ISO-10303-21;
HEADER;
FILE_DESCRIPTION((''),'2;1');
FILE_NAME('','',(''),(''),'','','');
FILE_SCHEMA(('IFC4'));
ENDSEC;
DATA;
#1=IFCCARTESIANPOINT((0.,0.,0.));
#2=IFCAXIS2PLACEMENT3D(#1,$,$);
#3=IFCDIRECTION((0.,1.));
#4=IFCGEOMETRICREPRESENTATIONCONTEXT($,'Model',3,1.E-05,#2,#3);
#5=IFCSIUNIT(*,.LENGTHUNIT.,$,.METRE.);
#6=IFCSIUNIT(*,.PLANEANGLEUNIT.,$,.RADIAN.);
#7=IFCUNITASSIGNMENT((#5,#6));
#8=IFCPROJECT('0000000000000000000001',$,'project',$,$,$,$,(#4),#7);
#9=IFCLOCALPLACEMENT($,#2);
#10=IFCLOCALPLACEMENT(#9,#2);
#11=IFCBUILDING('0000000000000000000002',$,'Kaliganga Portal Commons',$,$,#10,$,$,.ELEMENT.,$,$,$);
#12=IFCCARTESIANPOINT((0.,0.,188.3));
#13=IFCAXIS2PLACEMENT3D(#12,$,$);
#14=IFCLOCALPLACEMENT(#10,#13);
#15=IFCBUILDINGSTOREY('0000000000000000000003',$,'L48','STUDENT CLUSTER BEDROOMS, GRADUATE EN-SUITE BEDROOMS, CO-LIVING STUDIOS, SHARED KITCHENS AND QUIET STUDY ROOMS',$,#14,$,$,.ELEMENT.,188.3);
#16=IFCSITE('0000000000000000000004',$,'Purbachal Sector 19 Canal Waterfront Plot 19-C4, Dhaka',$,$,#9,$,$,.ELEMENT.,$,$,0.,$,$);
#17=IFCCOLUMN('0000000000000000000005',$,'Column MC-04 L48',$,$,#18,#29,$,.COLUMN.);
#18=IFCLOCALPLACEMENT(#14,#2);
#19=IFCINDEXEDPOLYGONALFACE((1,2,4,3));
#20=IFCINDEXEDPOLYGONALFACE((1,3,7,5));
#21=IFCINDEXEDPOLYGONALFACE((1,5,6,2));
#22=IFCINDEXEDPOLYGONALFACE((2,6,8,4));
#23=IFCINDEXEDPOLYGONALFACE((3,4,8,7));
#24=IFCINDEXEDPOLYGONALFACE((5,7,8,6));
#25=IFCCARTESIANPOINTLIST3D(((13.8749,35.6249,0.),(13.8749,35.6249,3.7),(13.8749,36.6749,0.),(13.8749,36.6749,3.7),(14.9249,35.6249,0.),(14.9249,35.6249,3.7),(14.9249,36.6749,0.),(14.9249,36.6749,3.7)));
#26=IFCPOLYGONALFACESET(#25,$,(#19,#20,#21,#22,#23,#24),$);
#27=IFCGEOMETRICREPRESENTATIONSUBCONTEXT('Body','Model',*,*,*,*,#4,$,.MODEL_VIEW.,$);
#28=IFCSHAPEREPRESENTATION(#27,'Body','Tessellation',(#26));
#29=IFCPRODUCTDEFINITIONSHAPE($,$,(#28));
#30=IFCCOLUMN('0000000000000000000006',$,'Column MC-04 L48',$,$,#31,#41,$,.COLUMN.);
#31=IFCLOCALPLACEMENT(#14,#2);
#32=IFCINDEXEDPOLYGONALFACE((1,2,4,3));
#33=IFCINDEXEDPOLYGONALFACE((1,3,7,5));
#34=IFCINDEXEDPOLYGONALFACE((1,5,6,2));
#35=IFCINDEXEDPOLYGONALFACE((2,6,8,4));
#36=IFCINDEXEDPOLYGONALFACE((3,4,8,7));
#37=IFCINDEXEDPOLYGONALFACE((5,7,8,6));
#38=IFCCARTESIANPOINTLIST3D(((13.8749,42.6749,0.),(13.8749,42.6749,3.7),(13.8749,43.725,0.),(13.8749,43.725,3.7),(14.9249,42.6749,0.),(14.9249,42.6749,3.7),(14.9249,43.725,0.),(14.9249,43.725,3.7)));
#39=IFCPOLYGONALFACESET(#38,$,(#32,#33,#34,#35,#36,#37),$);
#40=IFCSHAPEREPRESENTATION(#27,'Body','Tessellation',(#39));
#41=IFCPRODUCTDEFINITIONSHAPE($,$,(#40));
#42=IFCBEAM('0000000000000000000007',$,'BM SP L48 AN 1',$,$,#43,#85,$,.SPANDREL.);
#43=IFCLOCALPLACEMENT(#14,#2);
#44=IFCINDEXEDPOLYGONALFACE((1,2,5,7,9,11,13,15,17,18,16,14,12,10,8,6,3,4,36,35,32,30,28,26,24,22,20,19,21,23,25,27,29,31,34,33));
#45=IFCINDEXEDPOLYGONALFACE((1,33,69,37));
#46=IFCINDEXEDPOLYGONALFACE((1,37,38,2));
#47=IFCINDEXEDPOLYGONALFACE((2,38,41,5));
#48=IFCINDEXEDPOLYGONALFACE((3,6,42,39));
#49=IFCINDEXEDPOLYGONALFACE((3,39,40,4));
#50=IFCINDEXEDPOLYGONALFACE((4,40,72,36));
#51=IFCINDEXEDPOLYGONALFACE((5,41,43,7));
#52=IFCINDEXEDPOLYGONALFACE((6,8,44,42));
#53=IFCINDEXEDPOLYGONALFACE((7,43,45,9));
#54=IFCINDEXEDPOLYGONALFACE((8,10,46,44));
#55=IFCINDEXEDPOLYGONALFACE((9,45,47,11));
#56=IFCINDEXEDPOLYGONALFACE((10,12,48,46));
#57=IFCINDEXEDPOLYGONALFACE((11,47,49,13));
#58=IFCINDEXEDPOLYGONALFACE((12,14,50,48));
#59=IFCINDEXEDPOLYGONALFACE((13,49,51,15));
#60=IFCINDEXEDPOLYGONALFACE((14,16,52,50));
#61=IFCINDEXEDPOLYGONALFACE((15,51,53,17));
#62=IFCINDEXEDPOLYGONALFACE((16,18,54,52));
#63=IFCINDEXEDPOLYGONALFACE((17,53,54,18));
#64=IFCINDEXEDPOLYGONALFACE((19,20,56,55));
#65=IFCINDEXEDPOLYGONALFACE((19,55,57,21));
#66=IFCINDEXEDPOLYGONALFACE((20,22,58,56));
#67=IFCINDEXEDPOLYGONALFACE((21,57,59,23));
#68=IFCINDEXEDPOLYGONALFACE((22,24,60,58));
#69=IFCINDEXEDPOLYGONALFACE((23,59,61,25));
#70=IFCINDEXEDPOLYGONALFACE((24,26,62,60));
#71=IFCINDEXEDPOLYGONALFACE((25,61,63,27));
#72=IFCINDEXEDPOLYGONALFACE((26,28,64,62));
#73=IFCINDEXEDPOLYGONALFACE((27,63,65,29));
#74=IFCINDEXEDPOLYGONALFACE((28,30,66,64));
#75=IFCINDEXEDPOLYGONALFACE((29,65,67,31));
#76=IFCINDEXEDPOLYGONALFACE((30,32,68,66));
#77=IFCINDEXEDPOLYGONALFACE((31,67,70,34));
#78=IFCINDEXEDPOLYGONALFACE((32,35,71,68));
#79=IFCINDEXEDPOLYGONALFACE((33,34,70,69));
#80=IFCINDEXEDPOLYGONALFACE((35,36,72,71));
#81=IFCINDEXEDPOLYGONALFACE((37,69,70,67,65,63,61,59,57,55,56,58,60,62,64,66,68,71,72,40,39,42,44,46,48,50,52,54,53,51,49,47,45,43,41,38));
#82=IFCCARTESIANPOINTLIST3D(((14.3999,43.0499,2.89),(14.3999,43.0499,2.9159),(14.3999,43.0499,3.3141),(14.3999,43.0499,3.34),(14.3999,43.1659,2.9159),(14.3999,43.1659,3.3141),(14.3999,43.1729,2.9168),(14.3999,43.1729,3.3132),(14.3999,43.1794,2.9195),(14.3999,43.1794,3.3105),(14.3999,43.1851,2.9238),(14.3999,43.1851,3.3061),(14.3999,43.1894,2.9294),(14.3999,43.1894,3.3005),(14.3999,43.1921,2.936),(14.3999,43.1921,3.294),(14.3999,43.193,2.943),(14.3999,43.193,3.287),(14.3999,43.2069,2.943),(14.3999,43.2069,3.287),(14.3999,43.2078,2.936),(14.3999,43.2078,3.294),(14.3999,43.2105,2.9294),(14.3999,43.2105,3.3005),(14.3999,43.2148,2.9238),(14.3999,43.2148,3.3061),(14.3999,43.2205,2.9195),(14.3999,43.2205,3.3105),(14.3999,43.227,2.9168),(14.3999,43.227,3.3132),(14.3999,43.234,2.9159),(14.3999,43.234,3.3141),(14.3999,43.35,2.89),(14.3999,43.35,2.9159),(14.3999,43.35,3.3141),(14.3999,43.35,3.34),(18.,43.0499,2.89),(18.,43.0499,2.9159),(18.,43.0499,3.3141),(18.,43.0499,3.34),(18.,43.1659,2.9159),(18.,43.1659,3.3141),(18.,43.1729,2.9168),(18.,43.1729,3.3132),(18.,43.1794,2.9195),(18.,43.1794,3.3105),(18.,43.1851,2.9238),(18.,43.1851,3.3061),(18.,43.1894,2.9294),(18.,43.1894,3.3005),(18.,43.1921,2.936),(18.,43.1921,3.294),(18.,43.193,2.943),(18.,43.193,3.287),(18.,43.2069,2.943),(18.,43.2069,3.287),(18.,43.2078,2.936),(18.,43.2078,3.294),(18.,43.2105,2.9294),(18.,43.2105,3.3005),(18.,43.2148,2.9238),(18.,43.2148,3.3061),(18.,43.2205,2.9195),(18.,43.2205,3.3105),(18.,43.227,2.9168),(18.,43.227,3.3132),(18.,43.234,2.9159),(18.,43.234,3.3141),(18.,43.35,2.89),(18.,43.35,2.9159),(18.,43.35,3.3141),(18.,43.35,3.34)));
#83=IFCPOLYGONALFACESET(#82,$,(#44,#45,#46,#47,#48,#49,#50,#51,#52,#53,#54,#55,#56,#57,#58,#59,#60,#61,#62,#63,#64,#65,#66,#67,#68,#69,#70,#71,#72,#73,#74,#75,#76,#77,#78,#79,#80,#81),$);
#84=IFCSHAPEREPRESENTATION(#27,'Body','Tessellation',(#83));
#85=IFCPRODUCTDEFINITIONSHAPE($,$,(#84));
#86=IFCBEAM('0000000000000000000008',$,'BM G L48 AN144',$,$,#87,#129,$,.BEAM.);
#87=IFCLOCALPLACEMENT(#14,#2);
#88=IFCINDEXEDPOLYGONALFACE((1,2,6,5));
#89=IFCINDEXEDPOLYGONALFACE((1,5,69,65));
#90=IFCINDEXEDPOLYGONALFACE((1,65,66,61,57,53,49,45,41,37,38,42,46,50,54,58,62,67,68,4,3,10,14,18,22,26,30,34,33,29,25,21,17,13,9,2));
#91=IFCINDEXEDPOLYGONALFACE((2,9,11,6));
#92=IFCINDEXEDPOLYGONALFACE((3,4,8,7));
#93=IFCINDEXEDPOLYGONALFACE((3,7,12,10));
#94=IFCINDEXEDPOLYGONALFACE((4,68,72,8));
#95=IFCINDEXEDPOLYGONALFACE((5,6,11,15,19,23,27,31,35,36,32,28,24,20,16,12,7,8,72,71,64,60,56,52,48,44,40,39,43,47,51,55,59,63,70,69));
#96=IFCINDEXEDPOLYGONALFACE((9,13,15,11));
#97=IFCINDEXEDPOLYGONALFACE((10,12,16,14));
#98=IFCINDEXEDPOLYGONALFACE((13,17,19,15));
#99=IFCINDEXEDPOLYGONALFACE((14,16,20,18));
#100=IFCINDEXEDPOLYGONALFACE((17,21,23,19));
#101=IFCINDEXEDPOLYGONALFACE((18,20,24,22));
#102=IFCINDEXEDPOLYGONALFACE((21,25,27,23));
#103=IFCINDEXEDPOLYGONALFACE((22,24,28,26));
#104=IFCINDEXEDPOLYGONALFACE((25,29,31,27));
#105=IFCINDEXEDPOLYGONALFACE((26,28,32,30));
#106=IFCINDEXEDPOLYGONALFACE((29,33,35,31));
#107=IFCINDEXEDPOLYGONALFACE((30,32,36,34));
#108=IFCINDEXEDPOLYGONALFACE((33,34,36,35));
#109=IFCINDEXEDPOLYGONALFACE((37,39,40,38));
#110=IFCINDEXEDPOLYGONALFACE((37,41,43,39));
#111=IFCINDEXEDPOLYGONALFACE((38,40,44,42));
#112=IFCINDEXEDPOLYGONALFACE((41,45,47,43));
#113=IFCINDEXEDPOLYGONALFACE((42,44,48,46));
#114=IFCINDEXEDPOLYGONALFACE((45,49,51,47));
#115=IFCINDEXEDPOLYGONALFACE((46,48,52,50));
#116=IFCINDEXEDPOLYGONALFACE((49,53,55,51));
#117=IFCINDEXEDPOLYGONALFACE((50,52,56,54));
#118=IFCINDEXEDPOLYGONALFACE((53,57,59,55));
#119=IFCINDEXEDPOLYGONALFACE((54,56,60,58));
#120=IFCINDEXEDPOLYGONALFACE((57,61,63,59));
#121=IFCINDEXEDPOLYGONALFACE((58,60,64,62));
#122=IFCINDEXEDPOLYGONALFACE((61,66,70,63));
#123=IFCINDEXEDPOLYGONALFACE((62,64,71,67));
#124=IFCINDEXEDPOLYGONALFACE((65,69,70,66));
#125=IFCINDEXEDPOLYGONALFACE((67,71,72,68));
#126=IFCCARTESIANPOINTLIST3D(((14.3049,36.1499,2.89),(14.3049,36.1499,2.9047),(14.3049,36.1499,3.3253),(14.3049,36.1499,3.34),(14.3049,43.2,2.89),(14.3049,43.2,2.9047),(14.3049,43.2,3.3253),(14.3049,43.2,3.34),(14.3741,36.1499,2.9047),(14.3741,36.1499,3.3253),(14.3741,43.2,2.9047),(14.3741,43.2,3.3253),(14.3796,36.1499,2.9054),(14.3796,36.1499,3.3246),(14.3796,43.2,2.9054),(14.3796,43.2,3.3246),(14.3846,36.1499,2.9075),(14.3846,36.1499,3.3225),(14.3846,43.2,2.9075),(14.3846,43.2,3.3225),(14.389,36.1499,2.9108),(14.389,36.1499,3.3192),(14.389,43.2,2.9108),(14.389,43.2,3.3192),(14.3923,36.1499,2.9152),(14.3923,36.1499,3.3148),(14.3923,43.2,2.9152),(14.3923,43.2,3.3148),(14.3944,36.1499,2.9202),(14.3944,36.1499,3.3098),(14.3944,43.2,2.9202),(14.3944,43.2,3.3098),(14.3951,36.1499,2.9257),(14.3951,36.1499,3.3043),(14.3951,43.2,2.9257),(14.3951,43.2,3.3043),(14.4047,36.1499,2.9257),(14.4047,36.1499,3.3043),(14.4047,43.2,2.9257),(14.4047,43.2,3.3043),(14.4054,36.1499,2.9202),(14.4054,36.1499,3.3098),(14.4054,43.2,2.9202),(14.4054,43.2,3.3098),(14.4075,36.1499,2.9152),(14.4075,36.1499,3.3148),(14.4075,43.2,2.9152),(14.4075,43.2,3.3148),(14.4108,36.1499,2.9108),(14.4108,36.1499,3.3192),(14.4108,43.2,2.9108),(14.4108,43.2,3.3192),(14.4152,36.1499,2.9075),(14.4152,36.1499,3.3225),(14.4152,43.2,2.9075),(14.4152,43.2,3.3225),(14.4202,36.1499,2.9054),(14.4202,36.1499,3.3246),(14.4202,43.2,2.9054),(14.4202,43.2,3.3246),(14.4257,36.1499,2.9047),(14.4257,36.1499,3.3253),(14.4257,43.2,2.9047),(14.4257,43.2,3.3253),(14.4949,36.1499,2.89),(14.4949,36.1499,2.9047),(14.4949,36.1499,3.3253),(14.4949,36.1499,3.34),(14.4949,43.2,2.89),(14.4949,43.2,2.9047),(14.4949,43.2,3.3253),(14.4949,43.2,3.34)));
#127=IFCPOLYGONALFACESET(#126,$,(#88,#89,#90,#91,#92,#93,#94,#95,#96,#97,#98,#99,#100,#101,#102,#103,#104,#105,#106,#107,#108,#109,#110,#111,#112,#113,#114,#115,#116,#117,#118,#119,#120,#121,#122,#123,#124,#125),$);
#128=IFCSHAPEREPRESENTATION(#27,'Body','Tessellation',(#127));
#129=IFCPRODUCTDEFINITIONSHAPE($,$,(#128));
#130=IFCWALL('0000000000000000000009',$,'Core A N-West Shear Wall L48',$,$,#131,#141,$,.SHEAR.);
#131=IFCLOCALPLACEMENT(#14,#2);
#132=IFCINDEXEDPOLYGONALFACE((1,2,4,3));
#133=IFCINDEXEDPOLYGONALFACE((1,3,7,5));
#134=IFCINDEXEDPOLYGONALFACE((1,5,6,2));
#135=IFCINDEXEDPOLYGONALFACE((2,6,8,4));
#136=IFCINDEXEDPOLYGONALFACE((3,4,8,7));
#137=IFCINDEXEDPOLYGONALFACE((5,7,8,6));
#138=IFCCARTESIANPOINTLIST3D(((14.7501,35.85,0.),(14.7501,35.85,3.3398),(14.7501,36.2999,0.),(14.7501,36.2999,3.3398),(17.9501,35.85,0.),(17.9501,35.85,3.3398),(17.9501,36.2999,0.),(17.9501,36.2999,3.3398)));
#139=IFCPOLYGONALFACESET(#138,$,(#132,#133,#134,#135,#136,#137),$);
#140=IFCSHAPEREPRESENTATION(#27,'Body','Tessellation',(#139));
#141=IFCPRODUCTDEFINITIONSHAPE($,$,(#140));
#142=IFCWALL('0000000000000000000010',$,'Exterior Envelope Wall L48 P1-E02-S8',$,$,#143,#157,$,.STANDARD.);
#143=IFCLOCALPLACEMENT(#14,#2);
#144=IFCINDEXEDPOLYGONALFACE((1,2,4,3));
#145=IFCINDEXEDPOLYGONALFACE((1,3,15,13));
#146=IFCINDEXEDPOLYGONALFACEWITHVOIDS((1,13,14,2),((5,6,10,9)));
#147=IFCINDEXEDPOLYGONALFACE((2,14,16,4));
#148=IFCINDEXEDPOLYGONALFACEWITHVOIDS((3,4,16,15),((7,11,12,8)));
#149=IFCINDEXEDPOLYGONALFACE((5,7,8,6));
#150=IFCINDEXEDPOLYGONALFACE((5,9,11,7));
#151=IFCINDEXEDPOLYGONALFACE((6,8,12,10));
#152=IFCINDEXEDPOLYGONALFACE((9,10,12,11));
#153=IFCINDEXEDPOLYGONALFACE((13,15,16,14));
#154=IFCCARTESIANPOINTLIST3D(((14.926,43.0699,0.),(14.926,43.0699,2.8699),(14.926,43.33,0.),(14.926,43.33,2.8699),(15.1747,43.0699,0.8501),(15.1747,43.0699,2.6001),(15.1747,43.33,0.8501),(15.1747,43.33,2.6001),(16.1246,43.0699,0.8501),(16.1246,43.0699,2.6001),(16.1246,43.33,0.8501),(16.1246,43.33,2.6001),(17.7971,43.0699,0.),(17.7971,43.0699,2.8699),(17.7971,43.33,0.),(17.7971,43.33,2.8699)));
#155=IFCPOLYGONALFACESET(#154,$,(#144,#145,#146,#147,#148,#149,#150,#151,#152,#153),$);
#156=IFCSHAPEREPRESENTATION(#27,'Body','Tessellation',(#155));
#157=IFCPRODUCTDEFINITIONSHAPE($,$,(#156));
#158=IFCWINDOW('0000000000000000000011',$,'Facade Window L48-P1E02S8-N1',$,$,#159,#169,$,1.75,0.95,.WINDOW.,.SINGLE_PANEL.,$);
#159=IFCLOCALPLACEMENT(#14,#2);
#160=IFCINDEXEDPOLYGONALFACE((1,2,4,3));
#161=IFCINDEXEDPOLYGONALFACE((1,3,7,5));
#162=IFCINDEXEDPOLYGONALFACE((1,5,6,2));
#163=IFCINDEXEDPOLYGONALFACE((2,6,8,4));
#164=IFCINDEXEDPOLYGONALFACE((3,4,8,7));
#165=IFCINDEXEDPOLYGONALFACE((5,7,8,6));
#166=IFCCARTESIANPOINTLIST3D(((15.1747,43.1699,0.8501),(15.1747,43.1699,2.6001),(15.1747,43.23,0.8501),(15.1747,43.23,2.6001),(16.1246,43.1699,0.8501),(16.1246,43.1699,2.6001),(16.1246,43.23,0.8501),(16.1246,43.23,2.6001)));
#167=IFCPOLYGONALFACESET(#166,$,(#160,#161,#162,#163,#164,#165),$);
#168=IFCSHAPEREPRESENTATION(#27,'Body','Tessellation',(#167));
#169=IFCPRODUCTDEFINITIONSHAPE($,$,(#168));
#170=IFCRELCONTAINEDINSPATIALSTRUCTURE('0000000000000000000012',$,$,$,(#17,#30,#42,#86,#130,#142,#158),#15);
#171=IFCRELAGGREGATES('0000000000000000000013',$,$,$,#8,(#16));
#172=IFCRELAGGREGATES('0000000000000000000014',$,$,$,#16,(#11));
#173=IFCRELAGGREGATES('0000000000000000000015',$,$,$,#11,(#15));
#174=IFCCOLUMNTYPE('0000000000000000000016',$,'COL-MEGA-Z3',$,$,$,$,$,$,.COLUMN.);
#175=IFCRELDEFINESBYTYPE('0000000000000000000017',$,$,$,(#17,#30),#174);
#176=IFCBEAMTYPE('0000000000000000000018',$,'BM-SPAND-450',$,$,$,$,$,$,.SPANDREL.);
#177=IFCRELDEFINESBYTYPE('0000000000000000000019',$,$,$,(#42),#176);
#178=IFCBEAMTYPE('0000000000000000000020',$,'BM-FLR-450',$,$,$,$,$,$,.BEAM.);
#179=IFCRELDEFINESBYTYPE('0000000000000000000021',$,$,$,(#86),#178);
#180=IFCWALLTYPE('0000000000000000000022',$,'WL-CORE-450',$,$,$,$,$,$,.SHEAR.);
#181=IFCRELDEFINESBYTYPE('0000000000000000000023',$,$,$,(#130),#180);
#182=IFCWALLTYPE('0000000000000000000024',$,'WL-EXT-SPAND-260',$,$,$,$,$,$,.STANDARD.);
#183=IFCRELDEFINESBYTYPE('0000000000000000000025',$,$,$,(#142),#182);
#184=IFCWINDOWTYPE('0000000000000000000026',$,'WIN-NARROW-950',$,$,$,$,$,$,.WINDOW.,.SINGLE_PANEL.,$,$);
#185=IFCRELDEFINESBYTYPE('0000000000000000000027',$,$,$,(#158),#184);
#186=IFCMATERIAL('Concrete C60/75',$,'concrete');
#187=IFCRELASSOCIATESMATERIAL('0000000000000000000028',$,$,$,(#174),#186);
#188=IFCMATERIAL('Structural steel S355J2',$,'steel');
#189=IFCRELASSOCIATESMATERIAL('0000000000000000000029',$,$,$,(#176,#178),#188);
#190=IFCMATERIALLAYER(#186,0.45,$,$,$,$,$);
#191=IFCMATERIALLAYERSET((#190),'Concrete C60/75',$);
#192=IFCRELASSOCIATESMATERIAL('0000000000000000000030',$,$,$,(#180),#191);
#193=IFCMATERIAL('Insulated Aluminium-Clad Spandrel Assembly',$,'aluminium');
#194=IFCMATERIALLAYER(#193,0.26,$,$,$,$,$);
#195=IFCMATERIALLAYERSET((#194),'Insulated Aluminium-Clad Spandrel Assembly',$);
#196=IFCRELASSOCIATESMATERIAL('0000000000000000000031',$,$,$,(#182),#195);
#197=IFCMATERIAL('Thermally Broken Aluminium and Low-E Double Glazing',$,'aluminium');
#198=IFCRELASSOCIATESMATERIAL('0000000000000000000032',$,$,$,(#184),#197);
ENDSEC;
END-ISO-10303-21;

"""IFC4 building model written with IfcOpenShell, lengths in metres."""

from ifc_helpers import new_model, si_unit, direction, frame, frame_2d, origin, origin_2d, place, context, subcontext, project, spatial, rectangle, i_section, extrude, source, transform, mapped, material, layer, layer_set, material_profile, profile_set, type_object, element, fill, save


model = new_model("IFC4")

# Units and contexts
model_context = context("Model", 3, precision=1e-05, world=origin(), true_north=direction((0.0, 1.0)))
body_context = subcontext(model_context, "Body", "Model", "MODEL_VIEW")
ifc_project = project(units=[si_unit("LENGTHUNIT", "METRE"), si_unit("PLANEANGLEUNIT", "RADIAN")], contexts=[model_context])

# Site, building, storey
site_placement = place(None, origin())
site = spatial("IfcSite", under=ifc_project, at=site_placement, Name="Purbachal Sector 19 Canal Waterfront Plot 19-C4, Dhaka", CompositionType="ELEMENT", RefElevation=0.0)
building_placement = place(site_placement, origin())
building = spatial("IfcBuilding", under=site, at=building_placement, Name="Kaliganga Portal Commons", CompositionType="ELEMENT")
storey_placement = place(building_placement, frame((0.0, 0.0, 188.3)))
storey = spatial("IfcBuildingStorey", under=building, at=storey_placement, Name="L48", Description="STUDENT CLUSTER BEDROOMS, GRADUATE EN-SUITE BEDROOMS, CO-LIVING STUDIOS, SHARED KITCHENS AND QUIET STUDY ROOMS", CompositionType="ELEMENT", Elevation=188.3)

# Columns
ifc_material_1 = material(Name="Concrete C60/75", Category="concrete")
ifc_material_profile_1 = material_profile(ifc_material_1, rectangle(XDim=1.05, YDim=1.05, at=origin_2d()), Name="RC 1050x1050")
ifc_profile_set_1 = profile_set([ifc_material_profile_1], Name="Concrete C60/75")
column_type = type_object("IfcColumnType", Name="COL-MEGA-Z3", PredefinedType="COLUMN", material=ifc_profile_set_1)
shared_shape_1 = source(origin(), body_context, "Body", "SweptSolid", [
    extrude(rectangle(XDim=1.05, YDim=1.05, at=origin_2d()), origin(), (0.0, 0.0, 1.0), 3.7),
])
for number, where, z_axis, x_axis, name in (
    (1, (14.3999, 36.1499, 0.0), (0.0, 0.0, 1.0), (1.0, 0.0, 0.0), "Column MC-04 L48"),
    (2, (14.3999, 43.2, 0.0), (0.0, 0.0, 1.0), (1.0, 0.0, 0.0), "Column MC-04 L48"),
):
    element("IfcColumn", number, at=place(storey_placement, frame(where, z_axis=z_axis, x_axis=x_axis)), inside=storey, type_object=column_type, Name=name, PredefinedType="COLUMN", context=body_context, shape_type="MappedRepresentation", body=[
        mapped(shared_shape_1, transform((0.0, 0.0, 0.0), x_axis=(1.0, 0.0, 0.0), y_axis=(0.0, 1.0, 0.0), z_axis=(0.0, 0.0, 1.0), scale=1.0)),
    ])

# Beams
ifc_material_2 = material(Name="Structural steel S355J2", Category="steel")
ifc_material_profile_2 = material_profile(ifc_material_2, i_section(OverallWidth=0.3, OverallDepth=0.45, WebThickness=0.0139, FlangeThickness=0.0259, FilletRadius=0.0271, at=origin_2d()), Name="HE 450 B")
ifc_profile_set_2 = profile_set([ifc_material_profile_2], Name="Structural steel S355J2 wide-flange")
beam_type_1 = type_object("IfcBeamType", Name="BM-SPAND-450", PredefinedType="SPANDREL", material=ifc_profile_set_2)
shared_shape_2 = source(origin(), body_context, "Body", "SweptSolid", [
    extrude(i_section(OverallWidth=0.3, OverallDepth=0.45, WebThickness=0.0139, FlangeThickness=0.0259, FilletRadius=0.0271, at=origin_2d()), origin(), (0.0, 0.0, 1.0), 3.6001),
])
beam_1_placement = place(storey_placement, frame((14.3999, 43.2, 3.115), z_axis=(1.0, 0.0, 0.0), x_axis=(0.0, 1.0, 0.0)))
element("IfcBeam", 3, at=beam_1_placement, inside=storey, type_object=beam_type_1, Name="BM SP L48 AN 1", PredefinedType="SPANDREL", context=body_context, shape_type="MappedRepresentation", body=[
    mapped(shared_shape_2, transform((0.0, 0.0, 0.0), x_axis=(1.0, 0.0, 0.0), y_axis=(0.0, 1.0, 0.0), z_axis=(0.0, 0.0, 1.0), scale=1.0)),
])
ifc_material_profile_3 = material_profile(ifc_material_2, i_section(OverallWidth=0.1899, OverallDepth=0.45, WebThickness=0.0095, FlangeThickness=0.0146, FilletRadius=0.021, at=origin_2d()), Name="IPE 450")
ifc_profile_set_3 = profile_set([ifc_material_profile_3], Name="Structural steel S355J2 wide-flange")
beam_type_2 = type_object("IfcBeamType", Name="BM-FLR-450", PredefinedType="BEAM", material=ifc_profile_set_3)
shared_shape_3 = source(origin(), body_context, "Body", "SweptSolid", [
    extrude(i_section(OverallWidth=0.1899, OverallDepth=0.45, WebThickness=0.0095, FlangeThickness=0.0146, FilletRadius=0.021, at=origin_2d()), origin(), (0.0, 0.0, 1.0), 7.05),
])
beam_2_placement = place(storey_placement, frame((14.3999, 36.1499, 3.115), z_axis=(0.0, 1.0, 0.0), x_axis=(-1.0, 0.0, 0.0)))
element("IfcBeam", 4, at=beam_2_placement, inside=storey, type_object=beam_type_2, Name="BM G L48 AN144", PredefinedType="BEAM", context=body_context, shape_type="MappedRepresentation", body=[
    mapped(shared_shape_3, transform((0.0, 0.0, 0.0), x_axis=(1.0, 0.0, 0.0), y_axis=(0.0, 1.0, 0.0), z_axis=(0.0, 0.0, 1.0), scale=1.0)),
])

# Wall
ifc_layer_1 = layer(ifc_material_1, 0.45)
ifc_layer_set_1 = layer_set([ifc_layer_1], Name="Concrete C60/75")
wall_type_1 = type_object("IfcWallType", Name="WL-CORE-450", PredefinedType="SHEAR", material=ifc_layer_set_1)
wall_1_placement = place(storey_placement, frame((14.75, 36.075, 0.0), z_axis=(0.0, 0.0, 1.0), x_axis=(1.0, 0.0, 0.0)))
element("IfcWall", 5, at=wall_1_placement, inside=storey, type_object=wall_type_1, Name="Core A N-West Shear Wall L48", PredefinedType="SHEAR", context=body_context, shape_type="SweptSolid", body=[
    extrude(rectangle(XDim=3.2, YDim=0.45, at=frame_2d((1.6001, 0.0))), origin(), (0.0, 0.0, 1.0), 3.3398),
])

# Wall, opening, window
ifc_material_3 = material(Name="Insulated Aluminium-Clad Spandrel Assembly", Category="aluminium")
ifc_layer_2 = layer(ifc_material_3, 0.26)
ifc_layer_set_2 = layer_set([ifc_layer_2], Name="Insulated Aluminium-Clad Spandrel Assembly")
wall_type_2 = type_object("IfcWallType", Name="WL-EXT-SPAND-260", PredefinedType="STANDARD", material=ifc_layer_set_2)
wall_2_placement = place(storey_placement, frame((14.926, 43.2, 0.0), z_axis=(0.0, 0.0, 1.0), x_axis=(1.0, 0.0, 0.0)))
wall_2 = element("IfcWall", 6, at=wall_2_placement, inside=storey, type_object=wall_type_2, Name="Exterior Envelope Wall L48 P1-E02-S8", PredefinedType="STANDARD", context=body_context, shape_type="SweptSolid", body=[
    extrude(rectangle(XDim=2.8711, YDim=0.26, at=frame_2d((1.4355, 0.0))), origin(), (0.0, 0.0, 1.0), 2.8699),
])
opening_1_placement = place(wall_2_placement, frame((0.2485, 0.0, 0.8501)))
opening_1 = element("IfcOpeningElement", 7, at=opening_1_placement, cuts=wall_2, PredefinedType="OPENING", context=body_context, shape_type="SweptSolid", body=[
    extrude(rectangle(XDim=0.95, YDim=1.75, at=frame_2d((0.4751, 0.875))), frame((0.0, 0.1401, 0.0), z_axis=(0.0, -1.0, 0.0), x_axis=(1.0, 0.0, 0.0)), (0.0, 0.0, 1.0), 0.28),
])
ifc_material_4 = material(Name="Thermally Broken Aluminium and Low-E Double Glazing", Category="aluminium")
window_type = type_object("IfcWindowType", Name="WIN-NARROW-950", PartitioningType="SINGLE_PANEL", PredefinedType="WINDOW", material=ifc_material_4)
window_placement = place(opening_1_placement, origin())
window = element("IfcWindow", 8, at=window_placement, inside=storey, type_object=window_type, Name="Facade Window L48-P1E02S8-N1", OverallHeight=1.75, OverallWidth=0.95, PartitioningType="SINGLE_PANEL", PredefinedType="WINDOW", context=body_context, shape_type="SweptSolid", body=[
    extrude(rectangle(XDim=0.95, YDim=1.75, at=frame_2d((0.4751, 0.875))), frame((0.0, 0.03, 0.0), z_axis=(0.0, -1.0, 0.0), x_axis=(1.0, 0.0, 0.0)), (0.0, 0.0, 1.0), 0.0601),
])
fill(opening_1, window)

save(model, "model.ifc")
